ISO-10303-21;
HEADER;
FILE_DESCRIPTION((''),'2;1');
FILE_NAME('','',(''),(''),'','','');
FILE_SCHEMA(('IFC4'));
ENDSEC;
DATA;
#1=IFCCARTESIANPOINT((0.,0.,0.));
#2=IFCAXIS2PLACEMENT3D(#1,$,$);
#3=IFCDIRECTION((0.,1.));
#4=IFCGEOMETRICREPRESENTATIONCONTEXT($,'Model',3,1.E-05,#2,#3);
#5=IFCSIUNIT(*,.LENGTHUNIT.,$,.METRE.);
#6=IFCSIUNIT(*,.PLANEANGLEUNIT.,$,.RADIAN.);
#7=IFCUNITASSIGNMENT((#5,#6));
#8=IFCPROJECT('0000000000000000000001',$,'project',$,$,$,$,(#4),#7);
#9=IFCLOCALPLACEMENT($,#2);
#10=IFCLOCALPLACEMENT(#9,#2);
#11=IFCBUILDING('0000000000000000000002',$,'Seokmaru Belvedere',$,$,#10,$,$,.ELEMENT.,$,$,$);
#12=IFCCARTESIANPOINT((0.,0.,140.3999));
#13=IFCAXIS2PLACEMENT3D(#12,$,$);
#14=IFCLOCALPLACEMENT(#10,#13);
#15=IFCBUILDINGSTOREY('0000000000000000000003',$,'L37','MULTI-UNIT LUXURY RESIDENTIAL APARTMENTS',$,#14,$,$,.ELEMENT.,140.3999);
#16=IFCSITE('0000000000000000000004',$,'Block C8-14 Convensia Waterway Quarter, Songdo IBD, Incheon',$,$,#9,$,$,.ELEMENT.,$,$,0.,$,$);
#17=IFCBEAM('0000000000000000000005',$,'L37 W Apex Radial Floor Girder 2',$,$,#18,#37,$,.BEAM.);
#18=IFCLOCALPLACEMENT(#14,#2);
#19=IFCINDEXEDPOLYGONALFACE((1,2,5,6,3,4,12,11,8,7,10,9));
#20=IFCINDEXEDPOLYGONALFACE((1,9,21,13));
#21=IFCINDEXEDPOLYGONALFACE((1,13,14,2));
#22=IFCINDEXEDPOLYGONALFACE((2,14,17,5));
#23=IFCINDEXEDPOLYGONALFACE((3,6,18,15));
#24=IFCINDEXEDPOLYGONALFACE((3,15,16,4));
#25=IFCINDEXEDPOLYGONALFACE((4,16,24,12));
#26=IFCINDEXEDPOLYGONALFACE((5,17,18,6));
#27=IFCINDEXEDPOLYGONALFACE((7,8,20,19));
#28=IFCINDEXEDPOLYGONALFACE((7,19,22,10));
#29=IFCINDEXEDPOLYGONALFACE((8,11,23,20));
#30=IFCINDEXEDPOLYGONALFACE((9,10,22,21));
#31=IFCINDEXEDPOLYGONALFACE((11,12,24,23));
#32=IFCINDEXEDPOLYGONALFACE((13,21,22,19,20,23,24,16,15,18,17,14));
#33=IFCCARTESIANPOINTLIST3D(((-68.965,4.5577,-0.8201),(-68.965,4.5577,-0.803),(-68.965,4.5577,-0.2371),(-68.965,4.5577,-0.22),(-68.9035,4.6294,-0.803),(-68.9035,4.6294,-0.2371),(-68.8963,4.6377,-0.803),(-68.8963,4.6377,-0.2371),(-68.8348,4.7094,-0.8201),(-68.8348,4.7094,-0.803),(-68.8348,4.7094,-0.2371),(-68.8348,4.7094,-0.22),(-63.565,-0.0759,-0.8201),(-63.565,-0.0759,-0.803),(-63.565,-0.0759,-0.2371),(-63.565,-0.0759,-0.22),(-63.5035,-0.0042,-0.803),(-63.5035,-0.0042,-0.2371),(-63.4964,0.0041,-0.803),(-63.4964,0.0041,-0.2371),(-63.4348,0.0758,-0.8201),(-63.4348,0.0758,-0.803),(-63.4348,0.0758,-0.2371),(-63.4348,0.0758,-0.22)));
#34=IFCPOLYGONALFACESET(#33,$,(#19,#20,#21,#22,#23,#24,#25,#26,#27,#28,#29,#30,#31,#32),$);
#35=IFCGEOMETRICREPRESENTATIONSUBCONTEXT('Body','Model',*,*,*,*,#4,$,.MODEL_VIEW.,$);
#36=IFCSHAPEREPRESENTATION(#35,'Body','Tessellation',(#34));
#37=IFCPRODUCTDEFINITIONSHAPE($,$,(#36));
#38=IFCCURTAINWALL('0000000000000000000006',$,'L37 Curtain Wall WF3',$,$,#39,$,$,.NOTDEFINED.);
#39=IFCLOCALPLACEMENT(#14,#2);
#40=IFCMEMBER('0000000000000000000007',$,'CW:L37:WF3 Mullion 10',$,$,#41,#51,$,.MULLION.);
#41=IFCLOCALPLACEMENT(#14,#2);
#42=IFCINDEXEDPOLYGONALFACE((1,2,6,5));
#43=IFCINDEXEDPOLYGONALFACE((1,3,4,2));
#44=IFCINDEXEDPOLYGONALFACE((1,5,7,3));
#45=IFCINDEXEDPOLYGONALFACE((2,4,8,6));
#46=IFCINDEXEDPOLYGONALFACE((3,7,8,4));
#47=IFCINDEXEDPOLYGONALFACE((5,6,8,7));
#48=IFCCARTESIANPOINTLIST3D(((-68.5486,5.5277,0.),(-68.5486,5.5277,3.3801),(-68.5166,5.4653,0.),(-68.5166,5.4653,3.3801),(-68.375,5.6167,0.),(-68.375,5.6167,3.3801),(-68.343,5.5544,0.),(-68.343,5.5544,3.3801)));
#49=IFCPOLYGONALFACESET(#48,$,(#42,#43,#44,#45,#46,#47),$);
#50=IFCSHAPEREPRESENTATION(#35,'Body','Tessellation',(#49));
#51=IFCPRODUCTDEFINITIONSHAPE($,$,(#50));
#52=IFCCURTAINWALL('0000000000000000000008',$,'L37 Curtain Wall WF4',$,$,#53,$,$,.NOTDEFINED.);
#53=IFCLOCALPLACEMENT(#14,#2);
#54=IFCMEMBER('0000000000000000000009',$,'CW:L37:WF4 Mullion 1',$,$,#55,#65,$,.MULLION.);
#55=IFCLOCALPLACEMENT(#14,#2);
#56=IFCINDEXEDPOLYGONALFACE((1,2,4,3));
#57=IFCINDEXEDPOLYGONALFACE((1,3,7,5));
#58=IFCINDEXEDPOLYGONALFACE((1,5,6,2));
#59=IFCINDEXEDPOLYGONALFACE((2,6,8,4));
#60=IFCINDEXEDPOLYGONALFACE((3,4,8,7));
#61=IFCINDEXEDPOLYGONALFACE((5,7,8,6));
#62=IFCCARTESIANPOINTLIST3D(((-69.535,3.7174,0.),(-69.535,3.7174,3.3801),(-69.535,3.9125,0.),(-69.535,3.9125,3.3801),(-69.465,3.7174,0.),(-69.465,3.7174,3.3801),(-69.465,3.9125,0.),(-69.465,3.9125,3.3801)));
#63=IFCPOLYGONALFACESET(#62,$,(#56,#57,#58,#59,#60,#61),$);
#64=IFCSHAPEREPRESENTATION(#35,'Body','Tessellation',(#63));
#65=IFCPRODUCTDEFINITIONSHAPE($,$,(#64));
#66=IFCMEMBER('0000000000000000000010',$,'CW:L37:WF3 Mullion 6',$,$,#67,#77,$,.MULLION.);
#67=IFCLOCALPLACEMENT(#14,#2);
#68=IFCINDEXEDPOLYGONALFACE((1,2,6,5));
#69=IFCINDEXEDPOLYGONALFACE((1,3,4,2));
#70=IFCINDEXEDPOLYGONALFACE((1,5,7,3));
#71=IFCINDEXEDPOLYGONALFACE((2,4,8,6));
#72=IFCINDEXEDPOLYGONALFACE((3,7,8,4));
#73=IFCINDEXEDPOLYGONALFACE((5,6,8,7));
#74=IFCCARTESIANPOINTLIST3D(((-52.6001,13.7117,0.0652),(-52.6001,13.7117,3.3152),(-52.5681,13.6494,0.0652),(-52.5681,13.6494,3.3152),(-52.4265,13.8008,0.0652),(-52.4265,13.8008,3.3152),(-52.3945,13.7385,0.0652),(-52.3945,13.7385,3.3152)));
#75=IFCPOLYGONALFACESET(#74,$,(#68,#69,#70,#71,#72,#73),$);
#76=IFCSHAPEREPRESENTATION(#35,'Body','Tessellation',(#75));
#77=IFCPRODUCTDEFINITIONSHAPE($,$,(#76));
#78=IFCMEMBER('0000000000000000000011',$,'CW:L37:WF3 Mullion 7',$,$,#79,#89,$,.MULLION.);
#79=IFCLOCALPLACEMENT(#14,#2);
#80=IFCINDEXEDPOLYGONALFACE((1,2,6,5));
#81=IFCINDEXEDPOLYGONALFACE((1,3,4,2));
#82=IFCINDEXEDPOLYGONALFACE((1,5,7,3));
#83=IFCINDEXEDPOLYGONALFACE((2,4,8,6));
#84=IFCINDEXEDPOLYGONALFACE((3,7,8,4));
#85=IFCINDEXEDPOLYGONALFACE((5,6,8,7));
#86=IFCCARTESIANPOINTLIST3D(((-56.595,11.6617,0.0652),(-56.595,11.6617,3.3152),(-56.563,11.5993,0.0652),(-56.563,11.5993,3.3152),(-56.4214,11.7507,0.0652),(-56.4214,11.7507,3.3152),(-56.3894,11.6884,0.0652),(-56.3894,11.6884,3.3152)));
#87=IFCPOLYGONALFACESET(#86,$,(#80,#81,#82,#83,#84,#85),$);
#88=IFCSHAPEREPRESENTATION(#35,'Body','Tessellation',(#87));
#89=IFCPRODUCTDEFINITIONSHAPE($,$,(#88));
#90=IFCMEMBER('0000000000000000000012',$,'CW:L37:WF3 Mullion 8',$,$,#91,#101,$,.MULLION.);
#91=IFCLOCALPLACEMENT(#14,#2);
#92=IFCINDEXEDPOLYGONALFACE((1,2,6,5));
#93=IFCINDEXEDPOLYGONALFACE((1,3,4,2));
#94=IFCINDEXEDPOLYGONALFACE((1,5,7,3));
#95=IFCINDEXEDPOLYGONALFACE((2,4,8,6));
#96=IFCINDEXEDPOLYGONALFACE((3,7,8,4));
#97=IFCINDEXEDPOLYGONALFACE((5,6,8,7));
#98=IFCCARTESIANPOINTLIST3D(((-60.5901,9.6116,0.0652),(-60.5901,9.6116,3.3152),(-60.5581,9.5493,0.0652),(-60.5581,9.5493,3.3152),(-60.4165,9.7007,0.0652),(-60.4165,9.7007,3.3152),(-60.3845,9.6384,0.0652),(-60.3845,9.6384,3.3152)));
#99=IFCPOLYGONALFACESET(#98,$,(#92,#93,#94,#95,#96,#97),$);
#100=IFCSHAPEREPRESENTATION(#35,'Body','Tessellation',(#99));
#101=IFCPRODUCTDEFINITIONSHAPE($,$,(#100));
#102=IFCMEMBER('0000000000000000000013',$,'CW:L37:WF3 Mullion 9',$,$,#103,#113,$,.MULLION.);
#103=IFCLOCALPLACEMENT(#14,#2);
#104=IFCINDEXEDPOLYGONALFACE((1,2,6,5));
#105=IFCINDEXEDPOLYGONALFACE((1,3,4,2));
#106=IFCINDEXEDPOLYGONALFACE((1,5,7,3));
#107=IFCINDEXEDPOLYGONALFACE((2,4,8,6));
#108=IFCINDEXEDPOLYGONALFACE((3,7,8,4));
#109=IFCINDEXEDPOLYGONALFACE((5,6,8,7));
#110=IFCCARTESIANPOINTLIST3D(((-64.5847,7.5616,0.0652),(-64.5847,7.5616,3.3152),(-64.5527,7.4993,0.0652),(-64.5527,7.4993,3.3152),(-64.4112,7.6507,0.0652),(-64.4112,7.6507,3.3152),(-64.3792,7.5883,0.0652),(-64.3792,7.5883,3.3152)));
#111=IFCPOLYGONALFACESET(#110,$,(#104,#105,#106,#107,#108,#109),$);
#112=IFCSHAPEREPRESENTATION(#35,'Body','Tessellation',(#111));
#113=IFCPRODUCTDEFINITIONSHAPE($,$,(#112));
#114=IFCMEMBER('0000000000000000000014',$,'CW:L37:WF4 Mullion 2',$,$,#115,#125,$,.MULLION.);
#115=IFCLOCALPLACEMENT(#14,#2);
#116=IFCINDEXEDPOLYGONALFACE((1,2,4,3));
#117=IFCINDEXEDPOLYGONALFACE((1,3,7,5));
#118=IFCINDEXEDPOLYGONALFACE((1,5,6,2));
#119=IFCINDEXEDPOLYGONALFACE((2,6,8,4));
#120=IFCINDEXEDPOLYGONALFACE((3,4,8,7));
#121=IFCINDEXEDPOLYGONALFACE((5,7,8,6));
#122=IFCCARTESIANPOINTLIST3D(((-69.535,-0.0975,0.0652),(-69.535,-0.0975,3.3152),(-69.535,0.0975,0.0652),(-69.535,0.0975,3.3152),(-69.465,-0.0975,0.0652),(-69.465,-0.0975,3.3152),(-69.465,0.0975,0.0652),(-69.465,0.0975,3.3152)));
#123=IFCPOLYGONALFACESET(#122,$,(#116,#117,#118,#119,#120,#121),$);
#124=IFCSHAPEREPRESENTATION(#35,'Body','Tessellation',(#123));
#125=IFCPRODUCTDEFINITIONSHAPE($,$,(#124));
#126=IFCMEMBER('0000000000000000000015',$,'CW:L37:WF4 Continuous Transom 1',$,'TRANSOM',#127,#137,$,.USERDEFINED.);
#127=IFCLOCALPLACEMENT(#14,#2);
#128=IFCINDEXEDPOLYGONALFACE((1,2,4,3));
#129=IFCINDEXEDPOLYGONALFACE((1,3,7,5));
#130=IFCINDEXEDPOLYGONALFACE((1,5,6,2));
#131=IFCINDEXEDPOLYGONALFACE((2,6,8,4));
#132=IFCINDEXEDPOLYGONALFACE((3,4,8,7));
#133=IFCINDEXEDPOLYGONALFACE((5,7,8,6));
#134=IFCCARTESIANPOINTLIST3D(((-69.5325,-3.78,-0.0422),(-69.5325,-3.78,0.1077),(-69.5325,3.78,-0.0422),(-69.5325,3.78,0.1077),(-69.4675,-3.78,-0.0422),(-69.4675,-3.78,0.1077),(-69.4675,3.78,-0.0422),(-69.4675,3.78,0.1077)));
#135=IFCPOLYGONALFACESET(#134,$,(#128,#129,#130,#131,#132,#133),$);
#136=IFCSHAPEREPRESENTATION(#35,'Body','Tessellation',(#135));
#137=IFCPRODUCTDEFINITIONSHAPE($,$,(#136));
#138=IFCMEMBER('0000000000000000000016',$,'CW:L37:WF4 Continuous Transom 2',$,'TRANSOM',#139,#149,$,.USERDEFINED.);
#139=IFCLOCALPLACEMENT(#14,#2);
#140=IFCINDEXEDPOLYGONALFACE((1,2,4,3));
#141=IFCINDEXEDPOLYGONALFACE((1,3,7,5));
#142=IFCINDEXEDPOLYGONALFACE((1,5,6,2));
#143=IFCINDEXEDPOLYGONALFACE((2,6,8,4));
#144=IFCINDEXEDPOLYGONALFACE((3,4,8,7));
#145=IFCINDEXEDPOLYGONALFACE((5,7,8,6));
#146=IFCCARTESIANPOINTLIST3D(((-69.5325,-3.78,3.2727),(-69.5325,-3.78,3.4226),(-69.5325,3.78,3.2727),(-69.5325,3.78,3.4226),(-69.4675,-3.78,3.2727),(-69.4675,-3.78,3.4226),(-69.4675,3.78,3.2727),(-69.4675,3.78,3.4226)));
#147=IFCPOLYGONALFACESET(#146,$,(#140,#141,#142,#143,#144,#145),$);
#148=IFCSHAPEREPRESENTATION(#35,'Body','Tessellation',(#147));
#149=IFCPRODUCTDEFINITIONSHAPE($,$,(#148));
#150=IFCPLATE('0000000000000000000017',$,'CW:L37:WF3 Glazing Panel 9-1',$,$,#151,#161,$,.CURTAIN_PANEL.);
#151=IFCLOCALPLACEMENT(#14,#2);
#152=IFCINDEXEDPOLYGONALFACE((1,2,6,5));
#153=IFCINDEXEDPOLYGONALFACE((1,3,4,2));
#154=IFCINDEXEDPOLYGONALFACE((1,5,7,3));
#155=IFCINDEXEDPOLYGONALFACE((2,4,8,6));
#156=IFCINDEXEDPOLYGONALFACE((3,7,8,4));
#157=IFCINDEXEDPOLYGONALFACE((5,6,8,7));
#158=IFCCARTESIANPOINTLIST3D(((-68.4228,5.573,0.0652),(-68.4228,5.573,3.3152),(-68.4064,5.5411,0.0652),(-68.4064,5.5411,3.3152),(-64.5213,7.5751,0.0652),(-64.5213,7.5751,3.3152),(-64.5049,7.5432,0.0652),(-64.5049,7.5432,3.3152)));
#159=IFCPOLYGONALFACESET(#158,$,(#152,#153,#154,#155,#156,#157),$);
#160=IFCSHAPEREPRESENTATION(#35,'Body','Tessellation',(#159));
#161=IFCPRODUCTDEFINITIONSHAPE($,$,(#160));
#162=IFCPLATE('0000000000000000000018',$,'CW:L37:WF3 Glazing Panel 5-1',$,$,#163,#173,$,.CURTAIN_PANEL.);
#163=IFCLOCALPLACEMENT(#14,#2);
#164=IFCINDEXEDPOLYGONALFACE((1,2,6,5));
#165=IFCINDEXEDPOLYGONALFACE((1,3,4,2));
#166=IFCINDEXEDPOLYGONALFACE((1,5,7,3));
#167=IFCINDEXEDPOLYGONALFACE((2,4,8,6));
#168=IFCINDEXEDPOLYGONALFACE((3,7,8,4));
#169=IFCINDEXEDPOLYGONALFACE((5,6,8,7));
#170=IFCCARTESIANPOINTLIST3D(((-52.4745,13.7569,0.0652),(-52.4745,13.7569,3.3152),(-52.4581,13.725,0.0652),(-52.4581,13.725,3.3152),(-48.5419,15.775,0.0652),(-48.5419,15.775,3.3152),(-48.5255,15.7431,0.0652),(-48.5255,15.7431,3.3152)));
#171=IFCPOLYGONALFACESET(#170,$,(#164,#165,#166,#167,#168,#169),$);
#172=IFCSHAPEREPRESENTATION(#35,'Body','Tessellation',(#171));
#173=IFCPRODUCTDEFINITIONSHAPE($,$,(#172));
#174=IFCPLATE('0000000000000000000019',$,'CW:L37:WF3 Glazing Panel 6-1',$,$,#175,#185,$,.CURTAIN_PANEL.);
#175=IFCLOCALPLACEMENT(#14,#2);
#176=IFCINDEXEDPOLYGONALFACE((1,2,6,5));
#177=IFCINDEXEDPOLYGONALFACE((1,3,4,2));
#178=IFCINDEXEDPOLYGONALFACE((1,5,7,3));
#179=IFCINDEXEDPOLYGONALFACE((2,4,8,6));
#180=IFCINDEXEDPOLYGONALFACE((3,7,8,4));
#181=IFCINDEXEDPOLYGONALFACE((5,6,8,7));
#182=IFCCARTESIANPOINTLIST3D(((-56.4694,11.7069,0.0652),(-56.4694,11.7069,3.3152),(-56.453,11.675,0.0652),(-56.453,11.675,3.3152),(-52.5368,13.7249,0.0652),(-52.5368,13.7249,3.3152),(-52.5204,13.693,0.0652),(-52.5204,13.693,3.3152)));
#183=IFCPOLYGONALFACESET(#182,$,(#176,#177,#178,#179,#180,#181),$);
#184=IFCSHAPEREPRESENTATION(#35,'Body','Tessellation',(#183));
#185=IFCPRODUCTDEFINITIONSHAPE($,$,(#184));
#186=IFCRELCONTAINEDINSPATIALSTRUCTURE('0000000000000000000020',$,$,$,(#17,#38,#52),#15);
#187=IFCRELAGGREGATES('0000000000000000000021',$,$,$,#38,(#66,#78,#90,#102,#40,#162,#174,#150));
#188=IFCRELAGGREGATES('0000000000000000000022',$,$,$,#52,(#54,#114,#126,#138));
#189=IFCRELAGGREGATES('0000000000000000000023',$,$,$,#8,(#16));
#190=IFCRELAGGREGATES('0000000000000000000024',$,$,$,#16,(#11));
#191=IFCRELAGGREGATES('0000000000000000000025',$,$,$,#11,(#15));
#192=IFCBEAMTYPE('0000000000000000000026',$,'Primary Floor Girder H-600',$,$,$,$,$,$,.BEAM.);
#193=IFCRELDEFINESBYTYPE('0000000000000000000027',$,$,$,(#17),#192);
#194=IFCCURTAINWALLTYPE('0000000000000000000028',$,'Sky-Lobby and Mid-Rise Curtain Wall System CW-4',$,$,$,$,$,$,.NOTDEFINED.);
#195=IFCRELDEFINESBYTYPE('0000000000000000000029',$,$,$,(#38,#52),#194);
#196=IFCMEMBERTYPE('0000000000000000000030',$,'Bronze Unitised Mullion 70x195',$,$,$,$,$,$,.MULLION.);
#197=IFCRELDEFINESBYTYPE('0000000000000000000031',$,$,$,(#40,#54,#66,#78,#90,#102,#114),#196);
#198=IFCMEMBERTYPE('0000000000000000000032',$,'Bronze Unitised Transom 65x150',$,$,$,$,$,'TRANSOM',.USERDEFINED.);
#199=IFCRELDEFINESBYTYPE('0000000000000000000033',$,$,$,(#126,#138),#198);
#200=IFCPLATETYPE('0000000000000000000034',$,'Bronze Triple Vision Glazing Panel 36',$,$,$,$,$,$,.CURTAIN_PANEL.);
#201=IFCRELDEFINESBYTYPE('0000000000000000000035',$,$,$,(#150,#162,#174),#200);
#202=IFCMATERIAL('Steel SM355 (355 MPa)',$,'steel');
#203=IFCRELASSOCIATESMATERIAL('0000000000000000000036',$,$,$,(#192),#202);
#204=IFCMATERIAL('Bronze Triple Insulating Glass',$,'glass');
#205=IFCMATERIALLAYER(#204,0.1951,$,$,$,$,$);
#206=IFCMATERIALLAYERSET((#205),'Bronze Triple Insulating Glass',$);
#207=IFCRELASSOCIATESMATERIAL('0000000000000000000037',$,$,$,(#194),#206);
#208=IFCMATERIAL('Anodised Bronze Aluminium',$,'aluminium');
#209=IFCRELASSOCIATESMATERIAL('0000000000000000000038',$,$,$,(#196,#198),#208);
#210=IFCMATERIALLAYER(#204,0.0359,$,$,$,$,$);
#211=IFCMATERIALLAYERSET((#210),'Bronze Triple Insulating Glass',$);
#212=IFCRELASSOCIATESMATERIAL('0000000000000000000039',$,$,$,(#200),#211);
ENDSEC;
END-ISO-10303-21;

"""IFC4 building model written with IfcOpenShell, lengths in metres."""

from ifc_helpers import new_model, si_unit, direction, frame, origin, origin_2d, place, context, subcontext, project, spatial, rectangle, i_section, extrude, source, transform, mapped, material, layer, layer_set, material_profile, profile_set, type_object, type_shapes, element, aggregate, save


model = new_model("IFC4")

# Units and contexts
model_context = context("Model", 3, precision=1e-05, world=origin(), true_north=direction((0.0, 1.0)))
body_context = subcontext(model_context, "Body", "Model", "MODEL_VIEW")
ifc_project = project(units=[si_unit("LENGTHUNIT", "METRE"), si_unit("PLANEANGLEUNIT", "RADIAN")], contexts=[model_context])

# Site, building, storey
site_placement = place(None, origin())
site = spatial("IfcSite", under=ifc_project, at=site_placement, Name="Block C8-14 Convensia Waterway Quarter, Songdo IBD, Incheon", CompositionType="ELEMENT", RefElevation=0.0)
building_placement = place(site_placement, origin())
building = spatial("IfcBuilding", under=site, at=building_placement, Name="Seokmaru Belvedere", CompositionType="ELEMENT")
storey_placement = place(building_placement, frame((0.0, 0.0, 140.3999)))
storey = spatial("IfcBuildingStorey", under=building, at=storey_placement, Name="L37", Description="MULTI-UNIT LUXURY RESIDENTIAL APARTMENTS", CompositionType="ELEMENT", Elevation=140.3999)

# Shared definitions
ifc_material_1 = material(Name="Steel SM355 (355 MPa)", Category="steel")

# Beam
ifc_material_profile_1 = material_profile(ifc_material_1, i_section(OverallWidth=0.2, OverallDepth=0.6001, WebThickness=0.011, FlangeThickness=0.0171, at=origin_2d()), Name="H-600x200x11x17")
ifc_profile_set_1 = profile_set([ifc_material_profile_1], Name="Steel SM355 (355 MPa)")
beam_type_1 = type_object("IfcBeamType", Name="Primary Floor Girder H-600", PredefinedType="BEAM", material=ifc_profile_set_1)
shared_shape_1 = source(origin(), body_context, "Body", "SweptSolid", [
    extrude(i_section(OverallWidth=0.2, OverallDepth=0.6001, WebThickness=0.011, FlangeThickness=0.0171, at=origin_2d()), origin(), (0.0, 0.0, 1.0), 7.1155),
])
beam_1_placement = place(storey_placement, frame((-68.8999, 4.6335, -0.52), z_axis=(0.758905, -0.651201, 0.0), x_axis=(0.651201, 0.758905, 0.0)))
element("IfcBeam", 1, at=beam_1_placement, inside=storey, type_object=beam_type_1, Name="L37 W Apex Radial Floor Girder 2", PredefinedType="BEAM", context=body_context, shape_type="MappedRepresentation", body=[
    mapped(shared_shape_1, transform((0.0, 0.0, 0.0), scale=1.0)),
])

# Curtain walls, members
ifc_material_2 = material(Name="Bronze Triple Insulating Glass", Category="glass")
ifc_layer_1 = layer(ifc_material_2, 0.1951)
ifc_layer_set_1 = layer_set([ifc_layer_1], Name="Bronze Triple Insulating Glass")
curtain_wall_type = type_object("IfcCurtainWallType", Name="Sky-Lobby and Mid-Rise Curtain Wall System CW-4", PredefinedType="NOTDEFINED", material=ifc_layer_set_1)
curtain_wall_1_placement = place(storey_placement, origin())
curtain_wall_1 = element("IfcCurtainWall", 2, at=curtain_wall_1_placement, inside=storey, type_object=curtain_wall_type, Name="L37 Curtain Wall WF3", PredefinedType="NOTDEFINED")
ifc_material_3 = material(Name="Anodised Bronze Aluminium", Category="aluminium")
ifc_material_profile_2 = material_profile(ifc_material_3, rectangle(XDim=0.0701, YDim=0.1951, at=origin_2d()), Name="CW-M-70x195")
ifc_profile_set_2 = profile_set([ifc_material_profile_2], Name="Anodised Bronze Aluminium")
member_type_1 = type_object("IfcMemberType", Name="Bronze Unitised Mullion 70x195", PredefinedType="MULLION", material=ifc_profile_set_2)
shared_shape_2 = source(origin(), body_context, "Body", "SweptSolid", [
    extrude(rectangle(XDim=0.0701, YDim=0.1951, at=origin_2d()), origin(), (0.0, 0.0, 1.0), 3.3801),
])
member_1_placement = place(storey_placement, frame((-68.4458, 5.541, 0.0), z_axis=(0.0, 0.0, 1.0), x_axis=(0.456555, -0.889695, 0.0)))
member_1 = element("IfcMember", 3, at=member_1_placement, type_object=member_type_1, Name="CW:L37:WF3 Mullion 10", PredefinedType="MULLION", context=body_context, shape_type="MappedRepresentation", body=[
    mapped(shared_shape_2, transform((0.0, 0.0, 0.0), scale=1.0)),
])
curtain_wall_2_placement = place(storey_placement, origin())
curtain_wall_2 = element("IfcCurtainWall", 4, at=curtain_wall_2_placement, inside=storey, type_object=curtain_wall_type, Name="L37 Curtain Wall WF4", PredefinedType="NOTDEFINED")
member_2_placement = place(storey_placement, frame((-69.5, 3.8149, 0.0), z_axis=(0.0, 0.0, 1.0), x_axis=(1.0, 0.0, 0.0)))
member_2 = element("IfcMember", 5, at=member_2_placement, type_object=member_type_1, Name="CW:L37:WF4 Mullion 1", PredefinedType="MULLION", context=body_context, shape_type="MappedRepresentation", body=[
    mapped(shared_shape_2, transform((0.0, 0.0, 0.0), scale=1.0)),
])

# Members
shared_shape_3 = source(origin(), body_context, "Body", "SweptSolid", [
    extrude(rectangle(XDim=0.0701, YDim=0.1951, at=origin_2d()), origin(), (0.0, 0.0, 1.0), 3.25),
])
type_shapes(member_type_1, [shared_shape_2, shared_shape_3])
member_3_placement = place(storey_placement, frame((-52.4973, 13.7251, 0.0652), z_axis=(0.0, 0.0, 1.0), x_axis=(0.456555, -0.889695, 0.0)))
member_3 = element("IfcMember", 6, at=member_3_placement, type_object=member_type_1, Name="CW:L37:WF3 Mullion 6", PredefinedType="MULLION", context=body_context, shape_type="MappedRepresentation", body=[
    mapped(shared_shape_3, transform((0.0, 0.0, 0.0), scale=1.0)),
])
member_4_placement = place(storey_placement, frame((-56.4922, 11.675, 0.0652), z_axis=(0.0, 0.0, 1.0), x_axis=(0.456555, -0.889695, 0.0)))
member_4 = element("IfcMember", 7, at=member_4_placement, type_object=member_type_1, Name="CW:L37:WF3 Mullion 7", PredefinedType="MULLION", context=body_context, shape_type="MappedRepresentation", body=[
    mapped(shared_shape_3, transform((0.0, 0.0, 0.0), scale=1.0)),
])
member_5_placement = place(storey_placement, frame((-60.4873, 9.625, 0.0652), z_axis=(0.0, 0.0, 1.0), x_axis=(0.456555, -0.889695, 0.0)))
member_5 = element("IfcMember", 8, at=member_5_placement, type_object=member_type_1, Name="CW:L37:WF3 Mullion 8", PredefinedType="MULLION", context=body_context, shape_type="MappedRepresentation", body=[
    mapped(shared_shape_3, transform((0.0, 0.0, 0.0), scale=1.0)),
])
member_6_placement = place(storey_placement, frame((-64.4819, 7.575, 0.0652), z_axis=(0.0, 0.0, 1.0), x_axis=(0.456555, -0.889695, 0.0)))
member_6 = element("IfcMember", 9, at=member_6_placement, type_object=member_type_1, Name="CW:L37:WF3 Mullion 9", PredefinedType="MULLION", context=body_context, shape_type="MappedRepresentation", body=[
    mapped(shared_shape_3, transform((0.0, 0.0, 0.0), scale=1.0)),
])
member_7_placement = place(storey_placement, frame((-69.5, 0.0, 0.0652), z_axis=(0.0, 0.0, 1.0), x_axis=(1.0, 0.0, 0.0)))
member_7 = element("IfcMember", 10, at=member_7_placement, type_object=member_type_1, Name="CW:L37:WF4 Mullion 2", PredefinedType="MULLION", context=body_context, shape_type="MappedRepresentation", body=[
    mapped(shared_shape_3, transform((0.0, 0.0, 0.0), scale=1.0)),
])
ifc_material_profile_3 = material_profile(ifc_material_3, rectangle(XDim=0.0649, YDim=0.1499, at=origin_2d()), Name="CW-T-65x150")
ifc_profile_set_3 = profile_set([ifc_material_profile_3], Name="Anodised Bronze Aluminium")
member_type_2 = type_object("IfcMemberType", Name="Bronze Unitised Transom 65x150", ElementType="TRANSOM", PredefinedType="USERDEFINED", material=ifc_profile_set_3)
shared_shape_4 = source(origin(), body_context, "Body", "SweptSolid", [
    extrude(rectangle(XDim=0.0649, YDim=0.1499, at=origin_2d()), origin(), (0.0, 0.0, 1.0), 7.5601),
])
type_shapes(member_type_2, [shared_shape_4])
member_8_placement = place(storey_placement, frame((-69.5, 3.78, 0.0327), z_axis=(0.0, -1.0, 0.0), x_axis=(1.0, 0.0, 0.0)))
member_8 = element("IfcMember", 11, at=member_8_placement, type_object=member_type_2, Name="CW:L37:WF4 Continuous Transom 1", ObjectType="TRANSOM", PredefinedType="USERDEFINED", context=body_context, shape_type="MappedRepresentation", body=[
    mapped(shared_shape_4, transform((0.0, 0.0, 0.0), scale=1.0)),
])
member_9_placement = place(storey_placement, frame((-69.5, 3.78, 3.3477), z_axis=(0.0, -1.0, 0.0), x_axis=(1.0, 0.0, 0.0)))
member_9 = element("IfcMember", 12, at=member_9_placement, type_object=member_type_2, Name="CW:L37:WF4 Continuous Transom 2", ObjectType="TRANSOM", PredefinedType="USERDEFINED", context=body_context, shape_type="MappedRepresentation", body=[
    mapped(shared_shape_4, transform((0.0, 0.0, 0.0), scale=1.0)),
])

# Plates
ifc_layer_2 = layer(ifc_material_2, 0.0359)
ifc_layer_set_2 = layer_set([ifc_layer_2], Name="Bronze Triple Insulating Glass")
plate_type = type_object("IfcPlateType", Name="Bronze Triple Vision Glazing Panel 36", PredefinedType="CURTAIN_PANEL", material=ifc_layer_set_2)
shared_shape_5 = source(origin(), body_context, "Body", "SweptSolid", [
    extrude(rectangle(XDim=4.3853, YDim=0.0359, at=origin_2d()), origin(), (0.0, 0.0, 1.0), 3.25),
])
plate_1_placement = place(storey_placement, frame((-66.4639, 6.5581, 0.0652), z_axis=(0.0, 0.0, 1.0), x_axis=(-0.889695, -0.456555, 0.0)))
plate_1 = element("IfcPlate", 13, at=plate_1_placement, type_object=plate_type, Name="CW:L37:WF3 Glazing Panel 9-1", PredefinedType="CURTAIN_PANEL", context=body_context, shape_type="MappedRepresentation", body=[
    mapped(shared_shape_5, transform((0.0, 0.0, 0.0), scale=1.0)),
])
shared_shape_6 = source(origin(), body_context, "Body", "SweptSolid", [
    extrude(rectangle(XDim=4.4202, YDim=0.0359, at=origin_2d()), origin(), (0.0, 0.0, 1.0), 3.25),
])
plate_2_placement = place(storey_placement, frame((-50.5, 14.75, 0.0652), z_axis=(0.0, 0.0, 1.0), x_axis=(-0.889695, -0.456555, 0.0)))
plate_2 = element("IfcPlate", 14, at=plate_2_placement, type_object=plate_type, Name="CW:L37:WF3 Glazing Panel 5-1", PredefinedType="CURTAIN_PANEL", context=body_context, shape_type="MappedRepresentation", body=[
    mapped(shared_shape_6, transform((0.0, 0.0, 0.0), scale=1.0)),
])
plate_3_placement = place(storey_placement, frame((-54.4949, 12.7, 0.0652), z_axis=(0.0, 0.0, 1.0), x_axis=(-0.889695, -0.456555, 0.0)))
plate_3 = element("IfcPlate", 15, at=plate_3_placement, type_object=plate_type, Name="CW:L37:WF3 Glazing Panel 6-1", PredefinedType="CURTAIN_PANEL", context=body_context, shape_type="MappedRepresentation", body=[
    mapped(shared_shape_6, transform((0.0, 0.0, 0.0), scale=1.0)),
])
aggregate(curtain_wall_1, [member_3, member_4, member_5, member_6, member_1, plate_2, plate_3, plate_1])
aggregate(curtain_wall_2, [member_2, member_7, member_8, member_9])

save(model, "model.ifc")
